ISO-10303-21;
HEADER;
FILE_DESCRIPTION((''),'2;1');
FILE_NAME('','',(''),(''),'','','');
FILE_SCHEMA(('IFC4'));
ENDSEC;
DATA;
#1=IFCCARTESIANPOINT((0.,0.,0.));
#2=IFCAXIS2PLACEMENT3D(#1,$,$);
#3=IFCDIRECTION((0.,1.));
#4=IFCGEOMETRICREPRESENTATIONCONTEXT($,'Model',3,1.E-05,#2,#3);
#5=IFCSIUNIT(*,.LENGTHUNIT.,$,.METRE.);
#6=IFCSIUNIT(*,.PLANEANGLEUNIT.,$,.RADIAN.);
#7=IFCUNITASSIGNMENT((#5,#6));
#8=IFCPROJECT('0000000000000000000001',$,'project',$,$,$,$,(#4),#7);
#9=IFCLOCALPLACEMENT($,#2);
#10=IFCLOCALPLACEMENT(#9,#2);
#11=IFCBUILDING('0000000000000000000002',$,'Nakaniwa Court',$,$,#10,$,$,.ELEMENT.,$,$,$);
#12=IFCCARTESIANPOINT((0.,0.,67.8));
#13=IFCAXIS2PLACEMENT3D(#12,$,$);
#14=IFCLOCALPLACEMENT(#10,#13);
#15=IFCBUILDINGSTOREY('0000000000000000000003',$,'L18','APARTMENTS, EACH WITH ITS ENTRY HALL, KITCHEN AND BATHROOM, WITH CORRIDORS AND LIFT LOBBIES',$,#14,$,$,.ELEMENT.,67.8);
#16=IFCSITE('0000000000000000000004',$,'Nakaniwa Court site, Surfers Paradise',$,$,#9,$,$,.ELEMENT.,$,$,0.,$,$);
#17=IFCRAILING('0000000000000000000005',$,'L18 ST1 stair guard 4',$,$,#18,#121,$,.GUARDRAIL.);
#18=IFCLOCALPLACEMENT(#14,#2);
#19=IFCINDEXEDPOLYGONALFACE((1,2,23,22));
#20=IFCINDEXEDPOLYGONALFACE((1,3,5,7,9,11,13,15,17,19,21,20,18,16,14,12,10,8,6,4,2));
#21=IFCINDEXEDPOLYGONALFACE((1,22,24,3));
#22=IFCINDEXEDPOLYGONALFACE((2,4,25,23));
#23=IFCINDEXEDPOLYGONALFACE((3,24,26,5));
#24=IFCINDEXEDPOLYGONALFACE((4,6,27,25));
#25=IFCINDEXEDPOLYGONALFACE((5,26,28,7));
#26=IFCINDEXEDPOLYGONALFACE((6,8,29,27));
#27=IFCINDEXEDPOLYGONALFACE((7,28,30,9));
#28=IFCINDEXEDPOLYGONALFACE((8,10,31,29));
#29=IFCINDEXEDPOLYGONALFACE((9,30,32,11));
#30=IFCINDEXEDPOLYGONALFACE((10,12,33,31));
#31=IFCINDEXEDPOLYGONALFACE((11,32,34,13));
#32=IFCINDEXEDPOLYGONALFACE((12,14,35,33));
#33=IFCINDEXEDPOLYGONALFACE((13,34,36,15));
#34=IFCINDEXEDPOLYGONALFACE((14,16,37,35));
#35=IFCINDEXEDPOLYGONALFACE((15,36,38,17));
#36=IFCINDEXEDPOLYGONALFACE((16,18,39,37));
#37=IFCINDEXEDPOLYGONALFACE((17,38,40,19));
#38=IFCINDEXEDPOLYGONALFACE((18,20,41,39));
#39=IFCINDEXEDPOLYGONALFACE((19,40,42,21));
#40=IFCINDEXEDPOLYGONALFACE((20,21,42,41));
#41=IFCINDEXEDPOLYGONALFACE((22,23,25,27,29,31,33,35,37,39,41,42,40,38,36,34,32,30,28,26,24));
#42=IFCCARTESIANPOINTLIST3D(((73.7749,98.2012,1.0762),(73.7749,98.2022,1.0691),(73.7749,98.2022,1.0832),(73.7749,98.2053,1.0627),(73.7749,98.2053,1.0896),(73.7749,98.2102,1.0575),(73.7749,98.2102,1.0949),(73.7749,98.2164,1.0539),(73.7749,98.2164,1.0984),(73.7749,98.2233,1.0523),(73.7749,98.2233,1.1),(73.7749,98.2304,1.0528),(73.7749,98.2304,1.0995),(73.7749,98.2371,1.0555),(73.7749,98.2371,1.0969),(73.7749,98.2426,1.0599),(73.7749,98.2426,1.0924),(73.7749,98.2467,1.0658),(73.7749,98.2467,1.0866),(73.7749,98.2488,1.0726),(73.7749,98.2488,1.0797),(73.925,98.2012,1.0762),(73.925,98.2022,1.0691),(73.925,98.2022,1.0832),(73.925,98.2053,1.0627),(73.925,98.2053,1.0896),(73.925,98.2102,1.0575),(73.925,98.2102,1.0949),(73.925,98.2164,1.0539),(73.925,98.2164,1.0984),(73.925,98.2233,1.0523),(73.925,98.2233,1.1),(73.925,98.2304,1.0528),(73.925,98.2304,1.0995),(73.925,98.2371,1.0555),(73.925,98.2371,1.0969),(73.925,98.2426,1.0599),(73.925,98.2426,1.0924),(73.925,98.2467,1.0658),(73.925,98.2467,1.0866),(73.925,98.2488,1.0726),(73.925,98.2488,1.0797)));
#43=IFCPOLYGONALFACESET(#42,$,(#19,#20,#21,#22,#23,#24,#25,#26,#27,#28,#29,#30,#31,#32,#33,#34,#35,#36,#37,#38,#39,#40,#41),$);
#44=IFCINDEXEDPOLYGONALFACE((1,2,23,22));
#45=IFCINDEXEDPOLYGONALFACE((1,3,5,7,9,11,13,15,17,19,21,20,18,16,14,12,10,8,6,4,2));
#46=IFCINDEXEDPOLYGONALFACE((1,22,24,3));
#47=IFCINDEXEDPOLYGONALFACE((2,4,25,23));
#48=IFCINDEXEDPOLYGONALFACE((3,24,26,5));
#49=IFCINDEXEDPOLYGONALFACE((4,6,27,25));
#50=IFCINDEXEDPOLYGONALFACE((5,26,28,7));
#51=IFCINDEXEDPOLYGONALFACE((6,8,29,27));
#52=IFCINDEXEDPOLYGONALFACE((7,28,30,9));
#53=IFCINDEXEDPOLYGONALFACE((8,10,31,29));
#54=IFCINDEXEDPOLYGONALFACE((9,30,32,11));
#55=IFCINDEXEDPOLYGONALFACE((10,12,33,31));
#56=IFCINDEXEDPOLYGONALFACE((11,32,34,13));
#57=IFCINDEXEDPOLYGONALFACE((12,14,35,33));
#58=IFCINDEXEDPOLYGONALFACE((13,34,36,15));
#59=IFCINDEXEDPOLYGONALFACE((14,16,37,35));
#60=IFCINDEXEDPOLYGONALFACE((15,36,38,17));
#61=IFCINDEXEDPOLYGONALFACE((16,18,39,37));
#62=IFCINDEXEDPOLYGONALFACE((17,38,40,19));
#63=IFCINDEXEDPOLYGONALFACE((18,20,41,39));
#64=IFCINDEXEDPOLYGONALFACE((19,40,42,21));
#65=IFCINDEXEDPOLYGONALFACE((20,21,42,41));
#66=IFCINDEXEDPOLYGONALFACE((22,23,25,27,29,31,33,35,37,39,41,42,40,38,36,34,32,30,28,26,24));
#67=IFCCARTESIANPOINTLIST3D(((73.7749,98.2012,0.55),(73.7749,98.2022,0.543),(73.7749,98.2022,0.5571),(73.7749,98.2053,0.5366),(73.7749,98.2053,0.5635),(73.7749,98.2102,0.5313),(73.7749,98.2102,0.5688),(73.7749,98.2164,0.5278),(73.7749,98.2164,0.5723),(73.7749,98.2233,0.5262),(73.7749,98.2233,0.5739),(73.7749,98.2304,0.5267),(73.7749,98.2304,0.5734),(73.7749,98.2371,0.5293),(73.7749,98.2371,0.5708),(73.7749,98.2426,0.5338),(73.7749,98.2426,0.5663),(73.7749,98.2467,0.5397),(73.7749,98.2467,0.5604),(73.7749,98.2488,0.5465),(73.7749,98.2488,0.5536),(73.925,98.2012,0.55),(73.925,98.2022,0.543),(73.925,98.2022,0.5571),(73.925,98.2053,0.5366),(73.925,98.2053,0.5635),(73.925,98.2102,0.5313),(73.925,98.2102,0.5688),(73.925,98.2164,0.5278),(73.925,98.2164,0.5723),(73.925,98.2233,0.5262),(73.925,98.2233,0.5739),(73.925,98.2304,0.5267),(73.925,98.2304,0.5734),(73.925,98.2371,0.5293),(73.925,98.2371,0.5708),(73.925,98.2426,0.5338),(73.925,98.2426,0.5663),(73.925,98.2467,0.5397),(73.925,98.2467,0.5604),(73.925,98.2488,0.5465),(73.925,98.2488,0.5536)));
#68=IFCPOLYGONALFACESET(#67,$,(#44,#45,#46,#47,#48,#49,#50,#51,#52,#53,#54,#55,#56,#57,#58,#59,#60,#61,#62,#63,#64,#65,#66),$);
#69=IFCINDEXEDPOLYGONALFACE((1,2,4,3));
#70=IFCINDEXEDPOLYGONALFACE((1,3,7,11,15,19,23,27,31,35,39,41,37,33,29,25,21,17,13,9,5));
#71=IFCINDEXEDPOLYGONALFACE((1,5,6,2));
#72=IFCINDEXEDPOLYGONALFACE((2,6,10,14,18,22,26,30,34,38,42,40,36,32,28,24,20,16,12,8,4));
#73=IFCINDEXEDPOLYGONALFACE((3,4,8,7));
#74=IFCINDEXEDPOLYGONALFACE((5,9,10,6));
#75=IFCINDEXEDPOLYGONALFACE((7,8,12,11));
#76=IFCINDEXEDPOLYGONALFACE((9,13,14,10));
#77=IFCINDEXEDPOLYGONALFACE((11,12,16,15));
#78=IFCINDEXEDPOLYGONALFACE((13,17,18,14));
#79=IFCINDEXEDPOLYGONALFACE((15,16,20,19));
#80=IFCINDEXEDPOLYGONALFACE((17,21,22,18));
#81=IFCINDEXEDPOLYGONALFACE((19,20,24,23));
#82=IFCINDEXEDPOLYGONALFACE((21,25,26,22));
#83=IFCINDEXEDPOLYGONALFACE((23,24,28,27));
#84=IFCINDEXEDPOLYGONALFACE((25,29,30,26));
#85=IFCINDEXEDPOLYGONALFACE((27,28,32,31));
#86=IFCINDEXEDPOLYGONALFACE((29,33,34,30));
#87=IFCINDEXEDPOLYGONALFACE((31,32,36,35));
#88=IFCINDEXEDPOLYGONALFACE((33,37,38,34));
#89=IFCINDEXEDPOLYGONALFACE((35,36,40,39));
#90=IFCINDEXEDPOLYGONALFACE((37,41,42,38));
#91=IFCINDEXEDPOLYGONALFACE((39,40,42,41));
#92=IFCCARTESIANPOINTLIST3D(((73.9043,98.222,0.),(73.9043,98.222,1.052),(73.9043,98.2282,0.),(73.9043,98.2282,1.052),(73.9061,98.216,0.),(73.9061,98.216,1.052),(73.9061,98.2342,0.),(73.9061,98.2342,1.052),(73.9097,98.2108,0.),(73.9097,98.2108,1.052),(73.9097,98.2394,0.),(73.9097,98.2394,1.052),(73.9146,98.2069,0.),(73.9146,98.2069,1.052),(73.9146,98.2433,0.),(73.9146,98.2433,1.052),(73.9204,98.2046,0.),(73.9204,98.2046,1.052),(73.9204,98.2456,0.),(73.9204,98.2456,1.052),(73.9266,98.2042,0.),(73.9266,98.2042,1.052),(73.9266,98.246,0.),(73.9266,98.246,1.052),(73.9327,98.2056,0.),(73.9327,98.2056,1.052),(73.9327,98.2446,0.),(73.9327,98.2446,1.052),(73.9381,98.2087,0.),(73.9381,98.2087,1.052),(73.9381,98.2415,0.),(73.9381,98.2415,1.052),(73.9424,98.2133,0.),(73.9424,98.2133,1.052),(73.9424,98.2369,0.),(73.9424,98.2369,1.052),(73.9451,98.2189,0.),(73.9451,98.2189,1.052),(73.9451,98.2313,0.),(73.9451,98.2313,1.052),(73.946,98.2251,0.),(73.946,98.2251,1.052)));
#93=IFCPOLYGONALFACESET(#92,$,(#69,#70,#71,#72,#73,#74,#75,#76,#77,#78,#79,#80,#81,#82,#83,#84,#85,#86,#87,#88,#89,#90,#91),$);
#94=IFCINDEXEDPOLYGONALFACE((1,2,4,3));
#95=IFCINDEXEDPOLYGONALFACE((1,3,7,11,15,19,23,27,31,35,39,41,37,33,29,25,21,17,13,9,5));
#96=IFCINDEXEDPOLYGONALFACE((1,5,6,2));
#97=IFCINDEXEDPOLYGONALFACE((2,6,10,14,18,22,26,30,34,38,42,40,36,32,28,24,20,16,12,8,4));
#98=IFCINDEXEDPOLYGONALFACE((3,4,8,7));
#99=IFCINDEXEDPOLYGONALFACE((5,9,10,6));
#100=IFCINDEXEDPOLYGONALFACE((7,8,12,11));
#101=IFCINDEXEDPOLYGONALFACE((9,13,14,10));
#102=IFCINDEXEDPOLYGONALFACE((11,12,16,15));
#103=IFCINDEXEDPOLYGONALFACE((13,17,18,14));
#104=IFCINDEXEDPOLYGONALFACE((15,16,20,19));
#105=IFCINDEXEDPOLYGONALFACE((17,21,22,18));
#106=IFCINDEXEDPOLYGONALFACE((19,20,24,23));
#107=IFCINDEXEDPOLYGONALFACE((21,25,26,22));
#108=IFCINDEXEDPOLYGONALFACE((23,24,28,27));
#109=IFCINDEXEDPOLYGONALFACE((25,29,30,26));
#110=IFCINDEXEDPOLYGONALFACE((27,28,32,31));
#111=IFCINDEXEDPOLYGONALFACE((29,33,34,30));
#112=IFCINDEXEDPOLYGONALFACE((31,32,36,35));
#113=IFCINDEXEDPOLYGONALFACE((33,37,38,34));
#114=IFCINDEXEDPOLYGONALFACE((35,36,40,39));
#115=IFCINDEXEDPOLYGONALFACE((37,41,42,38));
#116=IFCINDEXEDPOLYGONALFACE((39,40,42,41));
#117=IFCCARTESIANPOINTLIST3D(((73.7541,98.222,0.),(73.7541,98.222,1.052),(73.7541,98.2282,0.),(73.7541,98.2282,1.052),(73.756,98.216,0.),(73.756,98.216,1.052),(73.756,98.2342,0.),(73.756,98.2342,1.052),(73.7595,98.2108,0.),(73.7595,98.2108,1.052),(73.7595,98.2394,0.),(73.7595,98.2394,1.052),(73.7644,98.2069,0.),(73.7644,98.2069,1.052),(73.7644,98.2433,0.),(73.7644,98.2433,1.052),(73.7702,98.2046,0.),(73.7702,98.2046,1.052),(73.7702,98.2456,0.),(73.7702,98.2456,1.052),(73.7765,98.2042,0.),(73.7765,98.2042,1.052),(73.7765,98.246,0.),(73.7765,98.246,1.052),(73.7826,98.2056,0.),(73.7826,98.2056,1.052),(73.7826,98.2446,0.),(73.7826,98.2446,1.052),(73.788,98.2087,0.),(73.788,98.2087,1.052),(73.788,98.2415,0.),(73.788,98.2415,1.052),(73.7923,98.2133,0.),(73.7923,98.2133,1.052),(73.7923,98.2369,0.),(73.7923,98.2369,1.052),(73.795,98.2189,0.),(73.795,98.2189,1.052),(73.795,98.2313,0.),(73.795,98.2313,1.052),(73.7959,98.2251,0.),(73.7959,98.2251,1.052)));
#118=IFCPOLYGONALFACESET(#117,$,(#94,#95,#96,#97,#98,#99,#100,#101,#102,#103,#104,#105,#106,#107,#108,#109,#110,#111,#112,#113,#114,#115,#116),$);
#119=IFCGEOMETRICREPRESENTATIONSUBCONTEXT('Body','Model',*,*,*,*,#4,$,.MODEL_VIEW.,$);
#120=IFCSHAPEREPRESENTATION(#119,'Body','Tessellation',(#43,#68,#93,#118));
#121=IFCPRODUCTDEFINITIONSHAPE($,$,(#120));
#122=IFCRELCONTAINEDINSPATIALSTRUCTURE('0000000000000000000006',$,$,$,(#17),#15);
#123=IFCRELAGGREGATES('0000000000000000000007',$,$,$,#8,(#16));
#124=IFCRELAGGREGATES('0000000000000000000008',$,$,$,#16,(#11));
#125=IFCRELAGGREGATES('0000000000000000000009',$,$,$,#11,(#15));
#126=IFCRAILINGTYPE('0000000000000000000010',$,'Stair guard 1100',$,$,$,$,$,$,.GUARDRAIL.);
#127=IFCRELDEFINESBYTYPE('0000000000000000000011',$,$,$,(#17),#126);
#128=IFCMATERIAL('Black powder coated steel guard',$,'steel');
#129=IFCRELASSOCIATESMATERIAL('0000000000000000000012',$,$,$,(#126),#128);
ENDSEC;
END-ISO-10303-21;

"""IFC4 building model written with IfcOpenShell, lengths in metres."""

from ifc_helpers import new_model, si_unit, direction, frame, origin, origin_2d, place, context, subcontext, project, spatial, circle, extrude, material, type_object, element, save


model = new_model("IFC4")

# Units and contexts
model_context = context("Model", 3, precision=1e-05, world=origin(), true_north=direction((0.0, 1.0)))
body_context = subcontext(model_context, "Body", "Model", "MODEL_VIEW")
ifc_project = project(units=[si_unit("LENGTHUNIT", "METRE"), si_unit("PLANEANGLEUNIT", "RADIAN")], contexts=[model_context])

# Site, building, storey
site_placement = place(None, origin())
site = spatial("IfcSite", under=ifc_project, at=site_placement, Name="Nakaniwa Court site, Surfers Paradise", CompositionType="ELEMENT", RefElevation=0.0)
building_placement = place(site_placement, origin())
building = spatial("IfcBuilding", under=site, at=building_placement, Name="Nakaniwa Court", CompositionType="ELEMENT")
storey_placement = place(building_placement, frame((0.0, 0.0, 67.8)))
storey = spatial("IfcBuildingStorey", under=building, at=storey_placement, Name="L18", Description="APARTMENTS, EACH WITH ITS ENTRY HALL, KITCHEN AND BATHROOM, WITH CORRIDORS AND LIFT LOBBIES", CompositionType="ELEMENT", Elevation=67.8)

# Railing
ifc_material_1 = material(Name="Black powder coated steel guard", Category="steel")
railing_type_1 = type_object("IfcRailingType", Name="Stair guard 1100", PredefinedType="GUARDRAIL", material=ifc_material_1)
railing_1_placement = place(storey_placement, frame((73.925, 98.2251, 0.0)))
element("IfcRailing", 1, at=railing_1_placement, inside=storey, type_object=railing_type_1, Name="L18 ST1 stair guard 4", PredefinedType="GUARDRAIL", context=body_context, shape_type="SweptSolid", body=[
    extrude(circle(Radius=0.0239, at=origin_2d()), frame((0.0, 0.0, 1.0762), z_axis=(-1.0, 0.0, 0.0), x_axis=(0.0, -1.0, 0.0)), (0.0, 0.0, 1.0), 0.1501),
    extrude(circle(Radius=0.0239, at=origin_2d()), frame((0.0, 0.0, 0.55), z_axis=(-1.0, 0.0, 0.0), x_axis=(0.0, -1.0, 0.0)), (0.0, 0.0, 1.0), 0.1501),
    extrude(circle(Radius=0.021, at=origin_2d()), origin(), (0.0, 0.0, 1.0), 1.052),
    extrude(circle(Radius=0.021, at=origin_2d()), frame((-0.1501, 0.0, 0.0)), (0.0, 0.0, 1.0), 1.052),
])

save(model, "model.ifc")
